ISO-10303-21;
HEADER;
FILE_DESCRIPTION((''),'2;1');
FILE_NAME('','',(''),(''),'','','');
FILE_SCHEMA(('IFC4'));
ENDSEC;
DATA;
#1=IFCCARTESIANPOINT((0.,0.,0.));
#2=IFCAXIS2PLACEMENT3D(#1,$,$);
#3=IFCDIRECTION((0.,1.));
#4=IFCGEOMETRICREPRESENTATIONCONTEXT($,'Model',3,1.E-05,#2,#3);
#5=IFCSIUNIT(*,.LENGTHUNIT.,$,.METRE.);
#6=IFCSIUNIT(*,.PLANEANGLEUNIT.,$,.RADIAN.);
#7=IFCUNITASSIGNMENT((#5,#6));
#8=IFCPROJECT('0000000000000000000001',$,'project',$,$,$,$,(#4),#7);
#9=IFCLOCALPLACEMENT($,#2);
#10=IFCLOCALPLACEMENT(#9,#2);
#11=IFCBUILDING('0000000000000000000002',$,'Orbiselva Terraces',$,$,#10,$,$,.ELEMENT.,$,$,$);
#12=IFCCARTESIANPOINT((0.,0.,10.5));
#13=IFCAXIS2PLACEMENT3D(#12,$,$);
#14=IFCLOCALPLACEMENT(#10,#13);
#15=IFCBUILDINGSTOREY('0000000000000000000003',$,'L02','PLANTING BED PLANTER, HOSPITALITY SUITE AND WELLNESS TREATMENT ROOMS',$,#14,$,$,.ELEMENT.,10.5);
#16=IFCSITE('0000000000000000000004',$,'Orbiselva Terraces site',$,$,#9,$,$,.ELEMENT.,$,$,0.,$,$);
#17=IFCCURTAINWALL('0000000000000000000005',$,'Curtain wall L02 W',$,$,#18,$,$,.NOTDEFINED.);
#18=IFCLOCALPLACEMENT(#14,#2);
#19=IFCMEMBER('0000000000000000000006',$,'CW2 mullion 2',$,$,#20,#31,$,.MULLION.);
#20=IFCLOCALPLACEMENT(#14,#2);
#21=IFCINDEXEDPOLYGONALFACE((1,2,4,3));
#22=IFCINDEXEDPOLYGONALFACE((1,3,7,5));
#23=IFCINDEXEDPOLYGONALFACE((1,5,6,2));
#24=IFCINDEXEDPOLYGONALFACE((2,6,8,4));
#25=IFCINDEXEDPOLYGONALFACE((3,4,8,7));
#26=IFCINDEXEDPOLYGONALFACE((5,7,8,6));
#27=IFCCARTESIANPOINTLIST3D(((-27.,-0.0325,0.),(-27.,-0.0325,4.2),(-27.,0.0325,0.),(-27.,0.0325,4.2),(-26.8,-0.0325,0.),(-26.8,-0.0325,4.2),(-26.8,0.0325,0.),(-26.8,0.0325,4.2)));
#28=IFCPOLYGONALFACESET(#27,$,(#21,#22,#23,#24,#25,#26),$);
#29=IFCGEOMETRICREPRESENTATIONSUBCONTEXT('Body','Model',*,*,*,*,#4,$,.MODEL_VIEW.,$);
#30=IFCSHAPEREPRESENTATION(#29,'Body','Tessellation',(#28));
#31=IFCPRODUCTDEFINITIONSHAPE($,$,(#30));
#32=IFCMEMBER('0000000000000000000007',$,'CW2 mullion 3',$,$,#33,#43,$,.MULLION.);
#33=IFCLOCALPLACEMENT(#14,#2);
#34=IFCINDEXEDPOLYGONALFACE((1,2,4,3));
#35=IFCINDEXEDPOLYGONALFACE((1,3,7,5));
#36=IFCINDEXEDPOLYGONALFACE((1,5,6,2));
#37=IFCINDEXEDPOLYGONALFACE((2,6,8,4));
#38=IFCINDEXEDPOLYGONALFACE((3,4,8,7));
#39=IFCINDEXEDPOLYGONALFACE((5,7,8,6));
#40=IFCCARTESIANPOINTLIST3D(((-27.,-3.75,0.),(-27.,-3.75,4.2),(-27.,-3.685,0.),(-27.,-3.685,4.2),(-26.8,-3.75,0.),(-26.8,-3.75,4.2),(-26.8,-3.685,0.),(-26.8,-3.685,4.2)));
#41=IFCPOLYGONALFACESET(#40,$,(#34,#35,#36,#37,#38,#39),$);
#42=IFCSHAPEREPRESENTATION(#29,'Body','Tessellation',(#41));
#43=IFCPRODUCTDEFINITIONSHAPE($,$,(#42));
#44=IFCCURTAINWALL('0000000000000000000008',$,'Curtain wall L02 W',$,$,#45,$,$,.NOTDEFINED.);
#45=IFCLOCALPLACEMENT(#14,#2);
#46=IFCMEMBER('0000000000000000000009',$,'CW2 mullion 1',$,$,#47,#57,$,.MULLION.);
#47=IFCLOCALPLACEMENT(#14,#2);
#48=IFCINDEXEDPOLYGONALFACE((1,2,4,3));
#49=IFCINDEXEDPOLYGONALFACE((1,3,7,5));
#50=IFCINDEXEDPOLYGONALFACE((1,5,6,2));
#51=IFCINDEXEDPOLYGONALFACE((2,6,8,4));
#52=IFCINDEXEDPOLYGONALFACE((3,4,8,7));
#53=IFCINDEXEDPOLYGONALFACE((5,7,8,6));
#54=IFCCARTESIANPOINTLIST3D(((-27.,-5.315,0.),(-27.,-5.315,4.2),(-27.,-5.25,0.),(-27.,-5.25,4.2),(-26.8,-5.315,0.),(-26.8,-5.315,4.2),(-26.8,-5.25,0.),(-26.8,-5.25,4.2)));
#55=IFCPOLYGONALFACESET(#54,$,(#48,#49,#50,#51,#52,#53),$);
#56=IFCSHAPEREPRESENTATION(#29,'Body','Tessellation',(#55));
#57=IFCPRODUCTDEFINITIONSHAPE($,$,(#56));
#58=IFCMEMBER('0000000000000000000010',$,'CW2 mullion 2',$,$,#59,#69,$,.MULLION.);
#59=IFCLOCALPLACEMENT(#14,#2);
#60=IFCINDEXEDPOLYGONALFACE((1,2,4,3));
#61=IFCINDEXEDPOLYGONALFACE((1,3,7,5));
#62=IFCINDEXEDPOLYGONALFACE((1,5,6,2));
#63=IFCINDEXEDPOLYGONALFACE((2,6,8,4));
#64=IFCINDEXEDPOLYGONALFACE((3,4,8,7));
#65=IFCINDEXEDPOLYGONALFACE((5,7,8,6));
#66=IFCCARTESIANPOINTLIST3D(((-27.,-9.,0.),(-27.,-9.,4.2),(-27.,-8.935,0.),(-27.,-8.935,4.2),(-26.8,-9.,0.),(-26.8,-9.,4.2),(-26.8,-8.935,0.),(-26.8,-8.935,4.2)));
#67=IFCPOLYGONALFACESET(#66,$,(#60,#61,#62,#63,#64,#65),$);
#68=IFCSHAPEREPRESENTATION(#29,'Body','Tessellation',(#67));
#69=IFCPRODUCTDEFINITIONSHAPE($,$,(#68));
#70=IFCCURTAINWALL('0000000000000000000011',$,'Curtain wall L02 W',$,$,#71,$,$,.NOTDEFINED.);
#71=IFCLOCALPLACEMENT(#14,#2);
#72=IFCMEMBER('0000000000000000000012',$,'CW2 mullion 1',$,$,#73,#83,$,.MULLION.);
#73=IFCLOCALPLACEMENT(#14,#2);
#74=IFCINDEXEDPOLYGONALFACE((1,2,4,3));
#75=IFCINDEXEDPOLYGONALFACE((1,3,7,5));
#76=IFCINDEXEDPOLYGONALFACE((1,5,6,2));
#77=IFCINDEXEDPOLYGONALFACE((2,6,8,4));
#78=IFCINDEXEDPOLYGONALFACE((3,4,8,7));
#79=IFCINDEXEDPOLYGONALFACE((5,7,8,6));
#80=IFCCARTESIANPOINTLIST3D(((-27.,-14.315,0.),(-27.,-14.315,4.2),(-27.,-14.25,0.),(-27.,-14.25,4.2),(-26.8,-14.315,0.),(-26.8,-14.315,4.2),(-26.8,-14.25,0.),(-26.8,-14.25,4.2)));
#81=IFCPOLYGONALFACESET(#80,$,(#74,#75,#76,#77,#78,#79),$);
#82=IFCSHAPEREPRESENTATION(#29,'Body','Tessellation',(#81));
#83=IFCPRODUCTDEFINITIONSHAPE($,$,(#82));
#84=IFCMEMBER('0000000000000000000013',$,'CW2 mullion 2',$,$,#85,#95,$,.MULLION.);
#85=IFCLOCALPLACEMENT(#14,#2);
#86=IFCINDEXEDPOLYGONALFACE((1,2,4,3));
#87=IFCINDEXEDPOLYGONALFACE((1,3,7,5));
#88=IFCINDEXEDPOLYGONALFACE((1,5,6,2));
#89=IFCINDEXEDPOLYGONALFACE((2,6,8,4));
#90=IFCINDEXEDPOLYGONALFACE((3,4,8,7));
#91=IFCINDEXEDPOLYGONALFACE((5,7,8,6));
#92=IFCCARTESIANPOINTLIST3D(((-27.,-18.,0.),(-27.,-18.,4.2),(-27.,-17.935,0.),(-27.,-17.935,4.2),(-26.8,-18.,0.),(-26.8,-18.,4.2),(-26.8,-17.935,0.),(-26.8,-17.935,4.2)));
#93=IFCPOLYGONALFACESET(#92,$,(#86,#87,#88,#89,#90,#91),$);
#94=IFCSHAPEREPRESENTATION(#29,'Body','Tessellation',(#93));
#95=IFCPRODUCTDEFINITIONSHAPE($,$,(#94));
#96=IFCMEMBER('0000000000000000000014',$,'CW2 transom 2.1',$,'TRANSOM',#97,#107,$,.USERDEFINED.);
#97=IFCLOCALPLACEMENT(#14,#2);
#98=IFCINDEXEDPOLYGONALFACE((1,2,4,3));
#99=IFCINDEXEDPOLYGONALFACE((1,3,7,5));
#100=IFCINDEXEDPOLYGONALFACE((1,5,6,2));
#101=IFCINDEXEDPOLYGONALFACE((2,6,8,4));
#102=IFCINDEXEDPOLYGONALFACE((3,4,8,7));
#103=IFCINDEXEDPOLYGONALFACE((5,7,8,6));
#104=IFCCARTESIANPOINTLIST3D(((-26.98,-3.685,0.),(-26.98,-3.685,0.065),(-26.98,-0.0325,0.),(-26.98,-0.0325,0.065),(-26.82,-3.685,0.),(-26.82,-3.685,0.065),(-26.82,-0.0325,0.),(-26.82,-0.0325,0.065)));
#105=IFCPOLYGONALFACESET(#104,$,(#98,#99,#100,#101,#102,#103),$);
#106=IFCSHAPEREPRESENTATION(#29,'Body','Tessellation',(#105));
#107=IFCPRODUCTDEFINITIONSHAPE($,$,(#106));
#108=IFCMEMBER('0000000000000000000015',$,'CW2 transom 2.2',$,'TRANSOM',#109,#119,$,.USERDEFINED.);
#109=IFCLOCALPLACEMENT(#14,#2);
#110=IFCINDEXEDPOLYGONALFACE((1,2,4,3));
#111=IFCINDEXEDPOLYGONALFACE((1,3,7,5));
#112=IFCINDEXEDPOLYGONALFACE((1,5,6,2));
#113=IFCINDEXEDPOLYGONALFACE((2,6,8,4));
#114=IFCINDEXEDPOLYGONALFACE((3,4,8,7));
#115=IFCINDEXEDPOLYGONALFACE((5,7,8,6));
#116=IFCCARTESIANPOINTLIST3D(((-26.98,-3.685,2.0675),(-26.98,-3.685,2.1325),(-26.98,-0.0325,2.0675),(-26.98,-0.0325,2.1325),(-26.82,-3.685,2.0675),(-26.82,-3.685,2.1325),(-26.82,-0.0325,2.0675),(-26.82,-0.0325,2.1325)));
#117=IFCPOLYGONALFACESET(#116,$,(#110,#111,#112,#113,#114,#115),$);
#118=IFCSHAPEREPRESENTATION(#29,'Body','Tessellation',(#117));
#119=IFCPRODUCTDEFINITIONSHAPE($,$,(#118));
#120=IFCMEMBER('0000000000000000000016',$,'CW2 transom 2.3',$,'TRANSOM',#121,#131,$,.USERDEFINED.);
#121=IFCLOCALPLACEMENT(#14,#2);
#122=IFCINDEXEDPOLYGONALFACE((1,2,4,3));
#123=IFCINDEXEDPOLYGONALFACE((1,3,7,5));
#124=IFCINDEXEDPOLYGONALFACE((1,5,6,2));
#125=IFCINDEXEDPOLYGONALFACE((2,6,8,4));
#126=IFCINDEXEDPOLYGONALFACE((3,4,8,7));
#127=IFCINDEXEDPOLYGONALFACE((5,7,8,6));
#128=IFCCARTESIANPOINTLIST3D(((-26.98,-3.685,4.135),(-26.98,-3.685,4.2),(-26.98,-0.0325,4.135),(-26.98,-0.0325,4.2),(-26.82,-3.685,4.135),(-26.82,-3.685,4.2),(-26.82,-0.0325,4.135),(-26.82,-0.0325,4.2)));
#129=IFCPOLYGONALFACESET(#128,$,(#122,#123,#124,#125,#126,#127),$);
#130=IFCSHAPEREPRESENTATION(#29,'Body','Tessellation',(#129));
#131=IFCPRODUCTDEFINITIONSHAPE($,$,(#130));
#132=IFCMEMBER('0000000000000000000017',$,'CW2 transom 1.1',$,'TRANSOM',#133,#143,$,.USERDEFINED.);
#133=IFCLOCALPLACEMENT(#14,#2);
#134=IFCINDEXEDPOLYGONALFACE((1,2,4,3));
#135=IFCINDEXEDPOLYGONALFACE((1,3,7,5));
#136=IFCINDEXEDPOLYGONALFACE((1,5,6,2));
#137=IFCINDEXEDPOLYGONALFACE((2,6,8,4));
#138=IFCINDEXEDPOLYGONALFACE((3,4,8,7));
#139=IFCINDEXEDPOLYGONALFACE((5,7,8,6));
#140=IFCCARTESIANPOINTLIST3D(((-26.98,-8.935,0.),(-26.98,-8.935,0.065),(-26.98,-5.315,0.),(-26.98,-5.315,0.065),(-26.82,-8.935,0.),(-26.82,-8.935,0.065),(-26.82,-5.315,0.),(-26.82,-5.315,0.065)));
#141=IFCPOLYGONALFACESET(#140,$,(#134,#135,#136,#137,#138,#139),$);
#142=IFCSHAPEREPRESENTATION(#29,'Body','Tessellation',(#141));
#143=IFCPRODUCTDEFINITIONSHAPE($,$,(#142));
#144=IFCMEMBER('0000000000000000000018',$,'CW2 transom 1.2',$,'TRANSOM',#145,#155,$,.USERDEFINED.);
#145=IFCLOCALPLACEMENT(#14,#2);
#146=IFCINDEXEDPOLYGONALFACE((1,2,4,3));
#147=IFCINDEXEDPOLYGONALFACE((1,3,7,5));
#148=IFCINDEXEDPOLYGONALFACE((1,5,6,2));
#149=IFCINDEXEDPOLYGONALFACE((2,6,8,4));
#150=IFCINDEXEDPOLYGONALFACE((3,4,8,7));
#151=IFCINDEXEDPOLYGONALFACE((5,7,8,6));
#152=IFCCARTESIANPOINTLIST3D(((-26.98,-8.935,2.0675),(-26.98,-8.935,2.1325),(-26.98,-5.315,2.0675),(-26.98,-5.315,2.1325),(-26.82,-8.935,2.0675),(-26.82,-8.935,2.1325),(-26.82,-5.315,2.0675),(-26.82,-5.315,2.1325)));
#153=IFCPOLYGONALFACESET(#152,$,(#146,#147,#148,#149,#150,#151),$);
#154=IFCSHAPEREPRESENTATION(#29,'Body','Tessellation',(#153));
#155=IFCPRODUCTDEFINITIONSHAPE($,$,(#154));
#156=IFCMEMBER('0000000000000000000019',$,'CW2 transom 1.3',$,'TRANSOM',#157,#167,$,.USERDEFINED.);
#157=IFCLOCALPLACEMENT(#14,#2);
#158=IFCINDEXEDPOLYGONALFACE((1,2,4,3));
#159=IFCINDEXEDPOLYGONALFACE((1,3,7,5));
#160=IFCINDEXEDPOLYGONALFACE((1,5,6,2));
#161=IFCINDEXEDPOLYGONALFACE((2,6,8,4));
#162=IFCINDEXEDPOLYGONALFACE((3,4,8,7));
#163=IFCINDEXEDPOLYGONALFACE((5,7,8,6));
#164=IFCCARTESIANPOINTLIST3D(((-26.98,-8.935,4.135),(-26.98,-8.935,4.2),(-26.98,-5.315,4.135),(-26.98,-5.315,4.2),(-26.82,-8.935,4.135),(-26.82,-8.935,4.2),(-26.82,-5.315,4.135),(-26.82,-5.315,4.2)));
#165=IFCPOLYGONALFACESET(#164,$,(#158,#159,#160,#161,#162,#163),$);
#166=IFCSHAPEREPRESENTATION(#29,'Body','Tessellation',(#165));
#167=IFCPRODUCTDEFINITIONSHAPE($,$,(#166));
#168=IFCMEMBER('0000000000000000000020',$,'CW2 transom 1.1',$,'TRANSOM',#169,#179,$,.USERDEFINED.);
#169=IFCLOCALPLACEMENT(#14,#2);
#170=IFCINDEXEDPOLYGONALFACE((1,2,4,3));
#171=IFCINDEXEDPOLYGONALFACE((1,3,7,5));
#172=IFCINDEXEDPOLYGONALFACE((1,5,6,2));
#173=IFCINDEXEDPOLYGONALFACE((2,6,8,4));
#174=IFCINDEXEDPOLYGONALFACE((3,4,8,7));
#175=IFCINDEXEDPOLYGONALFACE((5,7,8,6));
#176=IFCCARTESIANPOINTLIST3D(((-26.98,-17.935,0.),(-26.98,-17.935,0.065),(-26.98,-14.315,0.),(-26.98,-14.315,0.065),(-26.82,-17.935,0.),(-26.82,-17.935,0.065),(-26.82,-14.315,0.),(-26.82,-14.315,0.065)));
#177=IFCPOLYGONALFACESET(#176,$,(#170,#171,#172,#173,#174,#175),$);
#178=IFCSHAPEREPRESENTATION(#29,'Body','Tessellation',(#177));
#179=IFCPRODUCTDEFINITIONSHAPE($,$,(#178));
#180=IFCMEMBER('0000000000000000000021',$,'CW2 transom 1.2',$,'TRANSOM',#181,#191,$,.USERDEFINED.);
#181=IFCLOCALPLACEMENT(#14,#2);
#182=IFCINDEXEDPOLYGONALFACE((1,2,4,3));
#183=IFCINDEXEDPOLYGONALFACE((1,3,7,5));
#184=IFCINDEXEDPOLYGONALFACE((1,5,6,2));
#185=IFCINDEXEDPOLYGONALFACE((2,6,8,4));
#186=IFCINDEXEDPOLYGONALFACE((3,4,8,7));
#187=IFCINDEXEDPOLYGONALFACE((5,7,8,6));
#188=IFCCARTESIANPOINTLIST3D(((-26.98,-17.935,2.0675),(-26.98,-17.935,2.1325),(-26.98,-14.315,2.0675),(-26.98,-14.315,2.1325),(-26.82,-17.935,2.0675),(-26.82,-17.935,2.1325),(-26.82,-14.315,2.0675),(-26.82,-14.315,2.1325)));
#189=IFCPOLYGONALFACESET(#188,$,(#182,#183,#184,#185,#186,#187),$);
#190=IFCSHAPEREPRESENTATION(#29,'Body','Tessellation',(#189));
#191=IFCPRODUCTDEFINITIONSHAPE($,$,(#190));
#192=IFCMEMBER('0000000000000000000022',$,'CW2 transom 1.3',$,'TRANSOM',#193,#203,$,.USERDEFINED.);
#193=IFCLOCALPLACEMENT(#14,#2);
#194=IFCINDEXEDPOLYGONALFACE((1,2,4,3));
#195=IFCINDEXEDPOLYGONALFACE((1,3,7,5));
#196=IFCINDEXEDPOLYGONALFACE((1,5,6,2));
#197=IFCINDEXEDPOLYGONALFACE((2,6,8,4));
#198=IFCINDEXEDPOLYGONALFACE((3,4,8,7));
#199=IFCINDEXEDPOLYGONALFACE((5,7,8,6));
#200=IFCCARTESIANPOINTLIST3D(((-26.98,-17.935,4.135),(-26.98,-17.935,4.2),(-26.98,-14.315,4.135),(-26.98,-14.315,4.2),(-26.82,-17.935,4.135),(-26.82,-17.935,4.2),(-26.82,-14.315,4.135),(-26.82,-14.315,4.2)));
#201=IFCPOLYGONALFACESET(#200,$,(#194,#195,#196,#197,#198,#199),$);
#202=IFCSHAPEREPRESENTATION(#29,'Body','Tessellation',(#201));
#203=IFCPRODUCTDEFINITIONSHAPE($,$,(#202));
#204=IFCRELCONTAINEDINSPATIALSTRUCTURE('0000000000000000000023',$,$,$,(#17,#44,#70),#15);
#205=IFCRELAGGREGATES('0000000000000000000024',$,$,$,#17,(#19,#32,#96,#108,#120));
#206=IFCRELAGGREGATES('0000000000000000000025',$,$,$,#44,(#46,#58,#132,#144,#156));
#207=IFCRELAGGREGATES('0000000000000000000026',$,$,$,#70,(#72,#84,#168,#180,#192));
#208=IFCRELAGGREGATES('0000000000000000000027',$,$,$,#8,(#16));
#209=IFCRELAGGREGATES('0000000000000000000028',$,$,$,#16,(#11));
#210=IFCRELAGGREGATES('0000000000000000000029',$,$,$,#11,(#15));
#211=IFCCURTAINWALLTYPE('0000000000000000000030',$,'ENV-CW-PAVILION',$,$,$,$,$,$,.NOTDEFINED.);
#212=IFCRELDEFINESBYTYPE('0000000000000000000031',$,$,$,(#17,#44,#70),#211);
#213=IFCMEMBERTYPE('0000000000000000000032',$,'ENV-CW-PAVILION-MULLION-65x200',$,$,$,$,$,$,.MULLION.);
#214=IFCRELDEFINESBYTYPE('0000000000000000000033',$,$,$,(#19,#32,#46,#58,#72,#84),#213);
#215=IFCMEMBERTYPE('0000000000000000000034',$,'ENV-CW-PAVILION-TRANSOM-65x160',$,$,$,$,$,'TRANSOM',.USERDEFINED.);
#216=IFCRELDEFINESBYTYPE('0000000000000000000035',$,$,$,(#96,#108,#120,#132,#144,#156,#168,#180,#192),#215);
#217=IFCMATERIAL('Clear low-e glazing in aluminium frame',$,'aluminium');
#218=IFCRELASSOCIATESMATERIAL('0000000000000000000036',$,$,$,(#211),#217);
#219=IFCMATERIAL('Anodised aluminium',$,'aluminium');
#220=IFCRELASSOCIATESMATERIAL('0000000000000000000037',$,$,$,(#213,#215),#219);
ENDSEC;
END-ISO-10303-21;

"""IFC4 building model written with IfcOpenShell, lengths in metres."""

from ifc_helpers import new_model, si_unit, direction, frame, origin, origin_2d, place, context, subcontext, project, spatial, rectangle, extrude, material, material_profile, profile_set, type_object, element, aggregate, save


model = new_model("IFC4")

# Units and contexts
model_context = context("Model", 3, precision=1e-05, world=origin(), true_north=direction((0.0, 1.0)))
body_context = subcontext(model_context, "Body", "Model", "MODEL_VIEW")
ifc_project = project(units=[si_unit("LENGTHUNIT", "METRE"), si_unit("PLANEANGLEUNIT", "RADIAN")], contexts=[model_context])

# Site, building, storey
site_placement = place(None, origin())
site = spatial("IfcSite", under=ifc_project, at=site_placement, Name="Orbiselva Terraces site", CompositionType="ELEMENT", RefElevation=0.0)
building_placement = place(site_placement, origin())
building = spatial("IfcBuilding", under=site, at=building_placement, Name="Orbiselva Terraces", CompositionType="ELEMENT")
storey_placement = place(building_placement, frame((0.0, 0.0, 10.5)))
storey = spatial("IfcBuildingStorey", under=building, at=storey_placement, Name="L02", Description="PLANTING BED PLANTER, HOSPITALITY SUITE AND WELLNESS TREATMENT ROOMS", CompositionType="ELEMENT", Elevation=10.5)

# Curtain walls, members
ifc_material_1 = material(Name="Clear low-e glazing in aluminium frame", Category="aluminium")
curtain_wall_type = type_object("IfcCurtainWallType", Name="ENV-CW-PAVILION", PredefinedType="NOTDEFINED", material=ifc_material_1)
curtain_wall_1_placement = place(storey_placement, origin())
curtain_wall_1 = element("IfcCurtainWall", 1, at=curtain_wall_1_placement, inside=storey, type_object=curtain_wall_type, Name="Curtain wall L02 W", PredefinedType="NOTDEFINED")
ifc_material_2 = material(Name="Anodised aluminium", Category="aluminium")
ifc_material_profile_1 = material_profile(ifc_material_2, rectangle(XDim=0.2, YDim=0.065, at=origin_2d()), Name="AL 65x200")
ifc_profile_set_1 = profile_set([ifc_material_profile_1], Name="Anodised aluminium")
member_type_1 = type_object("IfcMemberType", Name="ENV-CW-PAVILION-MULLION-65x200", PredefinedType="MULLION", material=ifc_profile_set_1)
member_1_placement = place(storey_placement, frame((-26.9, 0.0, 0.0), z_axis=(0.0, 0.0, 1.0), x_axis=(1.0, 0.0, 0.0)))
member_1 = element("IfcMember", 2, at=member_1_placement, type_object=member_type_1, Name="CW2 mullion 2", PredefinedType="MULLION", context=body_context, shape_type="SweptSolid", body=[
    extrude(rectangle(XDim=0.2, YDim=0.065, at=origin_2d()), origin(), (0.0, 0.0, 1.0), 4.2),
])
member_2_placement = place(storey_placement, frame((-26.9, -3.7175, 0.0), z_axis=(0.0, 0.0, 1.0), x_axis=(1.0, 0.0, 0.0)))
member_2 = element("IfcMember", 3, at=member_2_placement, type_object=member_type_1, Name="CW2 mullion 3", PredefinedType="MULLION", context=body_context, shape_type="SweptSolid", body=[
    extrude(rectangle(XDim=0.2, YDim=0.065, at=origin_2d()), origin(), (0.0, 0.0, 1.0), 4.2),
])
curtain_wall_2_placement = place(storey_placement, origin())
curtain_wall_2 = element("IfcCurtainWall", 4, at=curtain_wall_2_placement, inside=storey, type_object=curtain_wall_type, Name="Curtain wall L02 W", PredefinedType="NOTDEFINED")
member_3_placement = place(storey_placement, frame((-26.9, -5.2825, 0.0), z_axis=(0.0, 0.0, 1.0), x_axis=(1.0, 0.0, 0.0)))
member_3 = element("IfcMember", 5, at=member_3_placement, type_object=member_type_1, Name="CW2 mullion 1", PredefinedType="MULLION", context=body_context, shape_type="SweptSolid", body=[
    extrude(rectangle(XDim=0.2, YDim=0.065, at=origin_2d()), origin(), (0.0, 0.0, 1.0), 4.2),
])
member_4_placement = place(storey_placement, frame((-26.9, -8.9675, 0.0), z_axis=(0.0, 0.0, 1.0), x_axis=(1.0, 0.0, 0.0)))
member_4 = element("IfcMember", 6, at=member_4_placement, type_object=member_type_1, Name="CW2 mullion 2", PredefinedType="MULLION", context=body_context, shape_type="SweptSolid", body=[
    extrude(rectangle(XDim=0.2, YDim=0.065, at=origin_2d()), origin(), (0.0, 0.0, 1.0), 4.2),
])
curtain_wall_3_placement = place(storey_placement, origin())
curtain_wall_3 = element("IfcCurtainWall", 7, at=curtain_wall_3_placement, inside=storey, type_object=curtain_wall_type, Name="Curtain wall L02 W", PredefinedType="NOTDEFINED")
member_5_placement = place(storey_placement, frame((-26.9, -14.2825, 0.0), z_axis=(0.0, 0.0, 1.0), x_axis=(1.0, 0.0, 0.0)))
member_5 = element("IfcMember", 8, at=member_5_placement, type_object=member_type_1, Name="CW2 mullion 1", PredefinedType="MULLION", context=body_context, shape_type="SweptSolid", body=[
    extrude(rectangle(XDim=0.2, YDim=0.065, at=origin_2d()), origin(), (0.0, 0.0, 1.0), 4.2),
])
member_6_placement = place(storey_placement, frame((-26.9, -17.9675, 0.0), z_axis=(0.0, 0.0, 1.0), x_axis=(1.0, 0.0, 0.0)))
member_6 = element("IfcMember", 9, at=member_6_placement, type_object=member_type_1, Name="CW2 mullion 2", PredefinedType="MULLION", context=body_context, shape_type="SweptSolid", body=[
    extrude(rectangle(XDim=0.2, YDim=0.065, at=origin_2d()), origin(), (0.0, 0.0, 1.0), 4.2),
])

# Members
ifc_material_profile_2 = material_profile(ifc_material_2, rectangle(XDim=0.16, YDim=0.065, at=origin_2d()), Name="AL 65x160")
ifc_profile_set_2 = profile_set([ifc_material_profile_2], Name="Anodised aluminium")
member_type_2 = type_object("IfcMemberType", Name="ENV-CW-PAVILION-TRANSOM-65x160", ElementType="TRANSOM", PredefinedType="USERDEFINED", material=ifc_profile_set_2)
member_7_placement = place(storey_placement, frame((-26.9, -0.0325, 0.0325), z_axis=(0.0, -1.0, 0.0), x_axis=(1.0, 0.0, 0.0)))
member_7 = element("IfcMember", 10, at=member_7_placement, type_object=member_type_2, Name="CW2 transom 2.1", ObjectType="TRANSOM", PredefinedType="USERDEFINED", context=body_context, shape_type="SweptSolid", body=[
    extrude(rectangle(XDim=0.16, YDim=0.065, at=origin_2d()), origin(), (0.0, 0.0, 1.0), 3.6525),
])
member_8_placement = place(storey_placement, frame((-26.9, -0.0325, 2.1), z_axis=(0.0, -1.0, 0.0), x_axis=(1.0, 0.0, 0.0)))
member_8 = element("IfcMember", 11, at=member_8_placement, type_object=member_type_2, Name="CW2 transom 2.2", ObjectType="TRANSOM", PredefinedType="USERDEFINED", context=body_context, shape_type="SweptSolid", body=[
    extrude(rectangle(XDim=0.16, YDim=0.065, at=origin_2d()), origin(), (0.0, 0.0, 1.0), 3.6525),
])
member_9_placement = place(storey_placement, frame((-26.9, -0.0325, 4.1675), z_axis=(0.0, -1.0, 0.0), x_axis=(1.0, 0.0, 0.0)))
member_9 = element("IfcMember", 12, at=member_9_placement, type_object=member_type_2, Name="CW2 transom 2.3", ObjectType="TRANSOM", PredefinedType="USERDEFINED", context=body_context, shape_type="SweptSolid", body=[
    extrude(rectangle(XDim=0.16, YDim=0.065, at=origin_2d()), origin(), (0.0, 0.0, 1.0), 3.6525),
])
member_10_placement = place(storey_placement, frame((-26.9, -5.315, 0.0325), z_axis=(0.0, -1.0, 0.0), x_axis=(1.0, 0.0, 0.0)))
member_10 = element("IfcMember", 13, at=member_10_placement, type_object=member_type_2, Name="CW2 transom 1.1", ObjectType="TRANSOM", PredefinedType="USERDEFINED", context=body_context, shape_type="SweptSolid", body=[
    extrude(rectangle(XDim=0.16, YDim=0.065, at=origin_2d()), origin(), (0.0, 0.0, 1.0), 3.62),
])
member_11_placement = place(storey_placement, frame((-26.9, -5.315, 2.1), z_axis=(0.0, -1.0, 0.0), x_axis=(1.0, 0.0, 0.0)))
member_11 = element("IfcMember", 14, at=member_11_placement, type_object=member_type_2, Name="CW2 transom 1.2", ObjectType="TRANSOM", PredefinedType="USERDEFINED", context=body_context, shape_type="SweptSolid", body=[
    extrude(rectangle(XDim=0.16, YDim=0.065, at=origin_2d()), origin(), (0.0, 0.0, 1.0), 3.62),
])
member_12_placement = place(storey_placement, frame((-26.9, -5.315, 4.1675), z_axis=(0.0, -1.0, 0.0), x_axis=(1.0, 0.0, 0.0)))
member_12 = element("IfcMember", 15, at=member_12_placement, type_object=member_type_2, Name="CW2 transom 1.3", ObjectType="TRANSOM", PredefinedType="USERDEFINED", context=body_context, shape_type="SweptSolid", body=[
    extrude(rectangle(XDim=0.16, YDim=0.065, at=origin_2d()), origin(), (0.0, 0.0, 1.0), 3.62),
])
member_13_placement = place(storey_placement, frame((-26.9, -14.315, 0.0325), z_axis=(0.0, -1.0, 0.0), x_axis=(1.0, 0.0, 0.0)))
member_13 = element("IfcMember", 16, at=member_13_placement, type_object=member_type_2, Name="CW2 transom 1.1", ObjectType="TRANSOM", PredefinedType="USERDEFINED", context=body_context, shape_type="SweptSolid", body=[
    extrude(rectangle(XDim=0.16, YDim=0.065, at=origin_2d()), origin(), (0.0, 0.0, 1.0), 3.62),
])
member_14_placement = place(storey_placement, frame((-26.9, -14.315, 2.1), z_axis=(0.0, -1.0, 0.0), x_axis=(1.0, 0.0, 0.0)))
member_14 = element("IfcMember", 17, at=member_14_placement, type_object=member_type_2, Name="CW2 transom 1.2", ObjectType="TRANSOM", PredefinedType="USERDEFINED", context=body_context, shape_type="SweptSolid", body=[
    extrude(rectangle(XDim=0.16, YDim=0.065, at=origin_2d()), origin(), (0.0, 0.0, 1.0), 3.62),
])
member_15_placement = place(storey_placement, frame((-26.9, -14.315, 4.1675), z_axis=(0.0, -1.0, 0.0), x_axis=(1.0, 0.0, 0.0)))
member_15 = element("IfcMember", 18, at=member_15_placement, type_object=member_type_2, Name="CW2 transom 1.3", ObjectType="TRANSOM", PredefinedType="USERDEFINED", context=body_context, shape_type="SweptSolid", body=[
    extrude(rectangle(XDim=0.16, YDim=0.065, at=origin_2d()), origin(), (0.0, 0.0, 1.0), 3.62),
])

aggregate(curtain_wall_1, [member_1, member_2, member_7, member_8, member_9])
aggregate(curtain_wall_2, [member_3, member_4, member_10, member_11, member_12])
aggregate(curtain_wall_3, [member_5, member_6, member_13, member_14, member_15])

save(model, "model.ifc")
